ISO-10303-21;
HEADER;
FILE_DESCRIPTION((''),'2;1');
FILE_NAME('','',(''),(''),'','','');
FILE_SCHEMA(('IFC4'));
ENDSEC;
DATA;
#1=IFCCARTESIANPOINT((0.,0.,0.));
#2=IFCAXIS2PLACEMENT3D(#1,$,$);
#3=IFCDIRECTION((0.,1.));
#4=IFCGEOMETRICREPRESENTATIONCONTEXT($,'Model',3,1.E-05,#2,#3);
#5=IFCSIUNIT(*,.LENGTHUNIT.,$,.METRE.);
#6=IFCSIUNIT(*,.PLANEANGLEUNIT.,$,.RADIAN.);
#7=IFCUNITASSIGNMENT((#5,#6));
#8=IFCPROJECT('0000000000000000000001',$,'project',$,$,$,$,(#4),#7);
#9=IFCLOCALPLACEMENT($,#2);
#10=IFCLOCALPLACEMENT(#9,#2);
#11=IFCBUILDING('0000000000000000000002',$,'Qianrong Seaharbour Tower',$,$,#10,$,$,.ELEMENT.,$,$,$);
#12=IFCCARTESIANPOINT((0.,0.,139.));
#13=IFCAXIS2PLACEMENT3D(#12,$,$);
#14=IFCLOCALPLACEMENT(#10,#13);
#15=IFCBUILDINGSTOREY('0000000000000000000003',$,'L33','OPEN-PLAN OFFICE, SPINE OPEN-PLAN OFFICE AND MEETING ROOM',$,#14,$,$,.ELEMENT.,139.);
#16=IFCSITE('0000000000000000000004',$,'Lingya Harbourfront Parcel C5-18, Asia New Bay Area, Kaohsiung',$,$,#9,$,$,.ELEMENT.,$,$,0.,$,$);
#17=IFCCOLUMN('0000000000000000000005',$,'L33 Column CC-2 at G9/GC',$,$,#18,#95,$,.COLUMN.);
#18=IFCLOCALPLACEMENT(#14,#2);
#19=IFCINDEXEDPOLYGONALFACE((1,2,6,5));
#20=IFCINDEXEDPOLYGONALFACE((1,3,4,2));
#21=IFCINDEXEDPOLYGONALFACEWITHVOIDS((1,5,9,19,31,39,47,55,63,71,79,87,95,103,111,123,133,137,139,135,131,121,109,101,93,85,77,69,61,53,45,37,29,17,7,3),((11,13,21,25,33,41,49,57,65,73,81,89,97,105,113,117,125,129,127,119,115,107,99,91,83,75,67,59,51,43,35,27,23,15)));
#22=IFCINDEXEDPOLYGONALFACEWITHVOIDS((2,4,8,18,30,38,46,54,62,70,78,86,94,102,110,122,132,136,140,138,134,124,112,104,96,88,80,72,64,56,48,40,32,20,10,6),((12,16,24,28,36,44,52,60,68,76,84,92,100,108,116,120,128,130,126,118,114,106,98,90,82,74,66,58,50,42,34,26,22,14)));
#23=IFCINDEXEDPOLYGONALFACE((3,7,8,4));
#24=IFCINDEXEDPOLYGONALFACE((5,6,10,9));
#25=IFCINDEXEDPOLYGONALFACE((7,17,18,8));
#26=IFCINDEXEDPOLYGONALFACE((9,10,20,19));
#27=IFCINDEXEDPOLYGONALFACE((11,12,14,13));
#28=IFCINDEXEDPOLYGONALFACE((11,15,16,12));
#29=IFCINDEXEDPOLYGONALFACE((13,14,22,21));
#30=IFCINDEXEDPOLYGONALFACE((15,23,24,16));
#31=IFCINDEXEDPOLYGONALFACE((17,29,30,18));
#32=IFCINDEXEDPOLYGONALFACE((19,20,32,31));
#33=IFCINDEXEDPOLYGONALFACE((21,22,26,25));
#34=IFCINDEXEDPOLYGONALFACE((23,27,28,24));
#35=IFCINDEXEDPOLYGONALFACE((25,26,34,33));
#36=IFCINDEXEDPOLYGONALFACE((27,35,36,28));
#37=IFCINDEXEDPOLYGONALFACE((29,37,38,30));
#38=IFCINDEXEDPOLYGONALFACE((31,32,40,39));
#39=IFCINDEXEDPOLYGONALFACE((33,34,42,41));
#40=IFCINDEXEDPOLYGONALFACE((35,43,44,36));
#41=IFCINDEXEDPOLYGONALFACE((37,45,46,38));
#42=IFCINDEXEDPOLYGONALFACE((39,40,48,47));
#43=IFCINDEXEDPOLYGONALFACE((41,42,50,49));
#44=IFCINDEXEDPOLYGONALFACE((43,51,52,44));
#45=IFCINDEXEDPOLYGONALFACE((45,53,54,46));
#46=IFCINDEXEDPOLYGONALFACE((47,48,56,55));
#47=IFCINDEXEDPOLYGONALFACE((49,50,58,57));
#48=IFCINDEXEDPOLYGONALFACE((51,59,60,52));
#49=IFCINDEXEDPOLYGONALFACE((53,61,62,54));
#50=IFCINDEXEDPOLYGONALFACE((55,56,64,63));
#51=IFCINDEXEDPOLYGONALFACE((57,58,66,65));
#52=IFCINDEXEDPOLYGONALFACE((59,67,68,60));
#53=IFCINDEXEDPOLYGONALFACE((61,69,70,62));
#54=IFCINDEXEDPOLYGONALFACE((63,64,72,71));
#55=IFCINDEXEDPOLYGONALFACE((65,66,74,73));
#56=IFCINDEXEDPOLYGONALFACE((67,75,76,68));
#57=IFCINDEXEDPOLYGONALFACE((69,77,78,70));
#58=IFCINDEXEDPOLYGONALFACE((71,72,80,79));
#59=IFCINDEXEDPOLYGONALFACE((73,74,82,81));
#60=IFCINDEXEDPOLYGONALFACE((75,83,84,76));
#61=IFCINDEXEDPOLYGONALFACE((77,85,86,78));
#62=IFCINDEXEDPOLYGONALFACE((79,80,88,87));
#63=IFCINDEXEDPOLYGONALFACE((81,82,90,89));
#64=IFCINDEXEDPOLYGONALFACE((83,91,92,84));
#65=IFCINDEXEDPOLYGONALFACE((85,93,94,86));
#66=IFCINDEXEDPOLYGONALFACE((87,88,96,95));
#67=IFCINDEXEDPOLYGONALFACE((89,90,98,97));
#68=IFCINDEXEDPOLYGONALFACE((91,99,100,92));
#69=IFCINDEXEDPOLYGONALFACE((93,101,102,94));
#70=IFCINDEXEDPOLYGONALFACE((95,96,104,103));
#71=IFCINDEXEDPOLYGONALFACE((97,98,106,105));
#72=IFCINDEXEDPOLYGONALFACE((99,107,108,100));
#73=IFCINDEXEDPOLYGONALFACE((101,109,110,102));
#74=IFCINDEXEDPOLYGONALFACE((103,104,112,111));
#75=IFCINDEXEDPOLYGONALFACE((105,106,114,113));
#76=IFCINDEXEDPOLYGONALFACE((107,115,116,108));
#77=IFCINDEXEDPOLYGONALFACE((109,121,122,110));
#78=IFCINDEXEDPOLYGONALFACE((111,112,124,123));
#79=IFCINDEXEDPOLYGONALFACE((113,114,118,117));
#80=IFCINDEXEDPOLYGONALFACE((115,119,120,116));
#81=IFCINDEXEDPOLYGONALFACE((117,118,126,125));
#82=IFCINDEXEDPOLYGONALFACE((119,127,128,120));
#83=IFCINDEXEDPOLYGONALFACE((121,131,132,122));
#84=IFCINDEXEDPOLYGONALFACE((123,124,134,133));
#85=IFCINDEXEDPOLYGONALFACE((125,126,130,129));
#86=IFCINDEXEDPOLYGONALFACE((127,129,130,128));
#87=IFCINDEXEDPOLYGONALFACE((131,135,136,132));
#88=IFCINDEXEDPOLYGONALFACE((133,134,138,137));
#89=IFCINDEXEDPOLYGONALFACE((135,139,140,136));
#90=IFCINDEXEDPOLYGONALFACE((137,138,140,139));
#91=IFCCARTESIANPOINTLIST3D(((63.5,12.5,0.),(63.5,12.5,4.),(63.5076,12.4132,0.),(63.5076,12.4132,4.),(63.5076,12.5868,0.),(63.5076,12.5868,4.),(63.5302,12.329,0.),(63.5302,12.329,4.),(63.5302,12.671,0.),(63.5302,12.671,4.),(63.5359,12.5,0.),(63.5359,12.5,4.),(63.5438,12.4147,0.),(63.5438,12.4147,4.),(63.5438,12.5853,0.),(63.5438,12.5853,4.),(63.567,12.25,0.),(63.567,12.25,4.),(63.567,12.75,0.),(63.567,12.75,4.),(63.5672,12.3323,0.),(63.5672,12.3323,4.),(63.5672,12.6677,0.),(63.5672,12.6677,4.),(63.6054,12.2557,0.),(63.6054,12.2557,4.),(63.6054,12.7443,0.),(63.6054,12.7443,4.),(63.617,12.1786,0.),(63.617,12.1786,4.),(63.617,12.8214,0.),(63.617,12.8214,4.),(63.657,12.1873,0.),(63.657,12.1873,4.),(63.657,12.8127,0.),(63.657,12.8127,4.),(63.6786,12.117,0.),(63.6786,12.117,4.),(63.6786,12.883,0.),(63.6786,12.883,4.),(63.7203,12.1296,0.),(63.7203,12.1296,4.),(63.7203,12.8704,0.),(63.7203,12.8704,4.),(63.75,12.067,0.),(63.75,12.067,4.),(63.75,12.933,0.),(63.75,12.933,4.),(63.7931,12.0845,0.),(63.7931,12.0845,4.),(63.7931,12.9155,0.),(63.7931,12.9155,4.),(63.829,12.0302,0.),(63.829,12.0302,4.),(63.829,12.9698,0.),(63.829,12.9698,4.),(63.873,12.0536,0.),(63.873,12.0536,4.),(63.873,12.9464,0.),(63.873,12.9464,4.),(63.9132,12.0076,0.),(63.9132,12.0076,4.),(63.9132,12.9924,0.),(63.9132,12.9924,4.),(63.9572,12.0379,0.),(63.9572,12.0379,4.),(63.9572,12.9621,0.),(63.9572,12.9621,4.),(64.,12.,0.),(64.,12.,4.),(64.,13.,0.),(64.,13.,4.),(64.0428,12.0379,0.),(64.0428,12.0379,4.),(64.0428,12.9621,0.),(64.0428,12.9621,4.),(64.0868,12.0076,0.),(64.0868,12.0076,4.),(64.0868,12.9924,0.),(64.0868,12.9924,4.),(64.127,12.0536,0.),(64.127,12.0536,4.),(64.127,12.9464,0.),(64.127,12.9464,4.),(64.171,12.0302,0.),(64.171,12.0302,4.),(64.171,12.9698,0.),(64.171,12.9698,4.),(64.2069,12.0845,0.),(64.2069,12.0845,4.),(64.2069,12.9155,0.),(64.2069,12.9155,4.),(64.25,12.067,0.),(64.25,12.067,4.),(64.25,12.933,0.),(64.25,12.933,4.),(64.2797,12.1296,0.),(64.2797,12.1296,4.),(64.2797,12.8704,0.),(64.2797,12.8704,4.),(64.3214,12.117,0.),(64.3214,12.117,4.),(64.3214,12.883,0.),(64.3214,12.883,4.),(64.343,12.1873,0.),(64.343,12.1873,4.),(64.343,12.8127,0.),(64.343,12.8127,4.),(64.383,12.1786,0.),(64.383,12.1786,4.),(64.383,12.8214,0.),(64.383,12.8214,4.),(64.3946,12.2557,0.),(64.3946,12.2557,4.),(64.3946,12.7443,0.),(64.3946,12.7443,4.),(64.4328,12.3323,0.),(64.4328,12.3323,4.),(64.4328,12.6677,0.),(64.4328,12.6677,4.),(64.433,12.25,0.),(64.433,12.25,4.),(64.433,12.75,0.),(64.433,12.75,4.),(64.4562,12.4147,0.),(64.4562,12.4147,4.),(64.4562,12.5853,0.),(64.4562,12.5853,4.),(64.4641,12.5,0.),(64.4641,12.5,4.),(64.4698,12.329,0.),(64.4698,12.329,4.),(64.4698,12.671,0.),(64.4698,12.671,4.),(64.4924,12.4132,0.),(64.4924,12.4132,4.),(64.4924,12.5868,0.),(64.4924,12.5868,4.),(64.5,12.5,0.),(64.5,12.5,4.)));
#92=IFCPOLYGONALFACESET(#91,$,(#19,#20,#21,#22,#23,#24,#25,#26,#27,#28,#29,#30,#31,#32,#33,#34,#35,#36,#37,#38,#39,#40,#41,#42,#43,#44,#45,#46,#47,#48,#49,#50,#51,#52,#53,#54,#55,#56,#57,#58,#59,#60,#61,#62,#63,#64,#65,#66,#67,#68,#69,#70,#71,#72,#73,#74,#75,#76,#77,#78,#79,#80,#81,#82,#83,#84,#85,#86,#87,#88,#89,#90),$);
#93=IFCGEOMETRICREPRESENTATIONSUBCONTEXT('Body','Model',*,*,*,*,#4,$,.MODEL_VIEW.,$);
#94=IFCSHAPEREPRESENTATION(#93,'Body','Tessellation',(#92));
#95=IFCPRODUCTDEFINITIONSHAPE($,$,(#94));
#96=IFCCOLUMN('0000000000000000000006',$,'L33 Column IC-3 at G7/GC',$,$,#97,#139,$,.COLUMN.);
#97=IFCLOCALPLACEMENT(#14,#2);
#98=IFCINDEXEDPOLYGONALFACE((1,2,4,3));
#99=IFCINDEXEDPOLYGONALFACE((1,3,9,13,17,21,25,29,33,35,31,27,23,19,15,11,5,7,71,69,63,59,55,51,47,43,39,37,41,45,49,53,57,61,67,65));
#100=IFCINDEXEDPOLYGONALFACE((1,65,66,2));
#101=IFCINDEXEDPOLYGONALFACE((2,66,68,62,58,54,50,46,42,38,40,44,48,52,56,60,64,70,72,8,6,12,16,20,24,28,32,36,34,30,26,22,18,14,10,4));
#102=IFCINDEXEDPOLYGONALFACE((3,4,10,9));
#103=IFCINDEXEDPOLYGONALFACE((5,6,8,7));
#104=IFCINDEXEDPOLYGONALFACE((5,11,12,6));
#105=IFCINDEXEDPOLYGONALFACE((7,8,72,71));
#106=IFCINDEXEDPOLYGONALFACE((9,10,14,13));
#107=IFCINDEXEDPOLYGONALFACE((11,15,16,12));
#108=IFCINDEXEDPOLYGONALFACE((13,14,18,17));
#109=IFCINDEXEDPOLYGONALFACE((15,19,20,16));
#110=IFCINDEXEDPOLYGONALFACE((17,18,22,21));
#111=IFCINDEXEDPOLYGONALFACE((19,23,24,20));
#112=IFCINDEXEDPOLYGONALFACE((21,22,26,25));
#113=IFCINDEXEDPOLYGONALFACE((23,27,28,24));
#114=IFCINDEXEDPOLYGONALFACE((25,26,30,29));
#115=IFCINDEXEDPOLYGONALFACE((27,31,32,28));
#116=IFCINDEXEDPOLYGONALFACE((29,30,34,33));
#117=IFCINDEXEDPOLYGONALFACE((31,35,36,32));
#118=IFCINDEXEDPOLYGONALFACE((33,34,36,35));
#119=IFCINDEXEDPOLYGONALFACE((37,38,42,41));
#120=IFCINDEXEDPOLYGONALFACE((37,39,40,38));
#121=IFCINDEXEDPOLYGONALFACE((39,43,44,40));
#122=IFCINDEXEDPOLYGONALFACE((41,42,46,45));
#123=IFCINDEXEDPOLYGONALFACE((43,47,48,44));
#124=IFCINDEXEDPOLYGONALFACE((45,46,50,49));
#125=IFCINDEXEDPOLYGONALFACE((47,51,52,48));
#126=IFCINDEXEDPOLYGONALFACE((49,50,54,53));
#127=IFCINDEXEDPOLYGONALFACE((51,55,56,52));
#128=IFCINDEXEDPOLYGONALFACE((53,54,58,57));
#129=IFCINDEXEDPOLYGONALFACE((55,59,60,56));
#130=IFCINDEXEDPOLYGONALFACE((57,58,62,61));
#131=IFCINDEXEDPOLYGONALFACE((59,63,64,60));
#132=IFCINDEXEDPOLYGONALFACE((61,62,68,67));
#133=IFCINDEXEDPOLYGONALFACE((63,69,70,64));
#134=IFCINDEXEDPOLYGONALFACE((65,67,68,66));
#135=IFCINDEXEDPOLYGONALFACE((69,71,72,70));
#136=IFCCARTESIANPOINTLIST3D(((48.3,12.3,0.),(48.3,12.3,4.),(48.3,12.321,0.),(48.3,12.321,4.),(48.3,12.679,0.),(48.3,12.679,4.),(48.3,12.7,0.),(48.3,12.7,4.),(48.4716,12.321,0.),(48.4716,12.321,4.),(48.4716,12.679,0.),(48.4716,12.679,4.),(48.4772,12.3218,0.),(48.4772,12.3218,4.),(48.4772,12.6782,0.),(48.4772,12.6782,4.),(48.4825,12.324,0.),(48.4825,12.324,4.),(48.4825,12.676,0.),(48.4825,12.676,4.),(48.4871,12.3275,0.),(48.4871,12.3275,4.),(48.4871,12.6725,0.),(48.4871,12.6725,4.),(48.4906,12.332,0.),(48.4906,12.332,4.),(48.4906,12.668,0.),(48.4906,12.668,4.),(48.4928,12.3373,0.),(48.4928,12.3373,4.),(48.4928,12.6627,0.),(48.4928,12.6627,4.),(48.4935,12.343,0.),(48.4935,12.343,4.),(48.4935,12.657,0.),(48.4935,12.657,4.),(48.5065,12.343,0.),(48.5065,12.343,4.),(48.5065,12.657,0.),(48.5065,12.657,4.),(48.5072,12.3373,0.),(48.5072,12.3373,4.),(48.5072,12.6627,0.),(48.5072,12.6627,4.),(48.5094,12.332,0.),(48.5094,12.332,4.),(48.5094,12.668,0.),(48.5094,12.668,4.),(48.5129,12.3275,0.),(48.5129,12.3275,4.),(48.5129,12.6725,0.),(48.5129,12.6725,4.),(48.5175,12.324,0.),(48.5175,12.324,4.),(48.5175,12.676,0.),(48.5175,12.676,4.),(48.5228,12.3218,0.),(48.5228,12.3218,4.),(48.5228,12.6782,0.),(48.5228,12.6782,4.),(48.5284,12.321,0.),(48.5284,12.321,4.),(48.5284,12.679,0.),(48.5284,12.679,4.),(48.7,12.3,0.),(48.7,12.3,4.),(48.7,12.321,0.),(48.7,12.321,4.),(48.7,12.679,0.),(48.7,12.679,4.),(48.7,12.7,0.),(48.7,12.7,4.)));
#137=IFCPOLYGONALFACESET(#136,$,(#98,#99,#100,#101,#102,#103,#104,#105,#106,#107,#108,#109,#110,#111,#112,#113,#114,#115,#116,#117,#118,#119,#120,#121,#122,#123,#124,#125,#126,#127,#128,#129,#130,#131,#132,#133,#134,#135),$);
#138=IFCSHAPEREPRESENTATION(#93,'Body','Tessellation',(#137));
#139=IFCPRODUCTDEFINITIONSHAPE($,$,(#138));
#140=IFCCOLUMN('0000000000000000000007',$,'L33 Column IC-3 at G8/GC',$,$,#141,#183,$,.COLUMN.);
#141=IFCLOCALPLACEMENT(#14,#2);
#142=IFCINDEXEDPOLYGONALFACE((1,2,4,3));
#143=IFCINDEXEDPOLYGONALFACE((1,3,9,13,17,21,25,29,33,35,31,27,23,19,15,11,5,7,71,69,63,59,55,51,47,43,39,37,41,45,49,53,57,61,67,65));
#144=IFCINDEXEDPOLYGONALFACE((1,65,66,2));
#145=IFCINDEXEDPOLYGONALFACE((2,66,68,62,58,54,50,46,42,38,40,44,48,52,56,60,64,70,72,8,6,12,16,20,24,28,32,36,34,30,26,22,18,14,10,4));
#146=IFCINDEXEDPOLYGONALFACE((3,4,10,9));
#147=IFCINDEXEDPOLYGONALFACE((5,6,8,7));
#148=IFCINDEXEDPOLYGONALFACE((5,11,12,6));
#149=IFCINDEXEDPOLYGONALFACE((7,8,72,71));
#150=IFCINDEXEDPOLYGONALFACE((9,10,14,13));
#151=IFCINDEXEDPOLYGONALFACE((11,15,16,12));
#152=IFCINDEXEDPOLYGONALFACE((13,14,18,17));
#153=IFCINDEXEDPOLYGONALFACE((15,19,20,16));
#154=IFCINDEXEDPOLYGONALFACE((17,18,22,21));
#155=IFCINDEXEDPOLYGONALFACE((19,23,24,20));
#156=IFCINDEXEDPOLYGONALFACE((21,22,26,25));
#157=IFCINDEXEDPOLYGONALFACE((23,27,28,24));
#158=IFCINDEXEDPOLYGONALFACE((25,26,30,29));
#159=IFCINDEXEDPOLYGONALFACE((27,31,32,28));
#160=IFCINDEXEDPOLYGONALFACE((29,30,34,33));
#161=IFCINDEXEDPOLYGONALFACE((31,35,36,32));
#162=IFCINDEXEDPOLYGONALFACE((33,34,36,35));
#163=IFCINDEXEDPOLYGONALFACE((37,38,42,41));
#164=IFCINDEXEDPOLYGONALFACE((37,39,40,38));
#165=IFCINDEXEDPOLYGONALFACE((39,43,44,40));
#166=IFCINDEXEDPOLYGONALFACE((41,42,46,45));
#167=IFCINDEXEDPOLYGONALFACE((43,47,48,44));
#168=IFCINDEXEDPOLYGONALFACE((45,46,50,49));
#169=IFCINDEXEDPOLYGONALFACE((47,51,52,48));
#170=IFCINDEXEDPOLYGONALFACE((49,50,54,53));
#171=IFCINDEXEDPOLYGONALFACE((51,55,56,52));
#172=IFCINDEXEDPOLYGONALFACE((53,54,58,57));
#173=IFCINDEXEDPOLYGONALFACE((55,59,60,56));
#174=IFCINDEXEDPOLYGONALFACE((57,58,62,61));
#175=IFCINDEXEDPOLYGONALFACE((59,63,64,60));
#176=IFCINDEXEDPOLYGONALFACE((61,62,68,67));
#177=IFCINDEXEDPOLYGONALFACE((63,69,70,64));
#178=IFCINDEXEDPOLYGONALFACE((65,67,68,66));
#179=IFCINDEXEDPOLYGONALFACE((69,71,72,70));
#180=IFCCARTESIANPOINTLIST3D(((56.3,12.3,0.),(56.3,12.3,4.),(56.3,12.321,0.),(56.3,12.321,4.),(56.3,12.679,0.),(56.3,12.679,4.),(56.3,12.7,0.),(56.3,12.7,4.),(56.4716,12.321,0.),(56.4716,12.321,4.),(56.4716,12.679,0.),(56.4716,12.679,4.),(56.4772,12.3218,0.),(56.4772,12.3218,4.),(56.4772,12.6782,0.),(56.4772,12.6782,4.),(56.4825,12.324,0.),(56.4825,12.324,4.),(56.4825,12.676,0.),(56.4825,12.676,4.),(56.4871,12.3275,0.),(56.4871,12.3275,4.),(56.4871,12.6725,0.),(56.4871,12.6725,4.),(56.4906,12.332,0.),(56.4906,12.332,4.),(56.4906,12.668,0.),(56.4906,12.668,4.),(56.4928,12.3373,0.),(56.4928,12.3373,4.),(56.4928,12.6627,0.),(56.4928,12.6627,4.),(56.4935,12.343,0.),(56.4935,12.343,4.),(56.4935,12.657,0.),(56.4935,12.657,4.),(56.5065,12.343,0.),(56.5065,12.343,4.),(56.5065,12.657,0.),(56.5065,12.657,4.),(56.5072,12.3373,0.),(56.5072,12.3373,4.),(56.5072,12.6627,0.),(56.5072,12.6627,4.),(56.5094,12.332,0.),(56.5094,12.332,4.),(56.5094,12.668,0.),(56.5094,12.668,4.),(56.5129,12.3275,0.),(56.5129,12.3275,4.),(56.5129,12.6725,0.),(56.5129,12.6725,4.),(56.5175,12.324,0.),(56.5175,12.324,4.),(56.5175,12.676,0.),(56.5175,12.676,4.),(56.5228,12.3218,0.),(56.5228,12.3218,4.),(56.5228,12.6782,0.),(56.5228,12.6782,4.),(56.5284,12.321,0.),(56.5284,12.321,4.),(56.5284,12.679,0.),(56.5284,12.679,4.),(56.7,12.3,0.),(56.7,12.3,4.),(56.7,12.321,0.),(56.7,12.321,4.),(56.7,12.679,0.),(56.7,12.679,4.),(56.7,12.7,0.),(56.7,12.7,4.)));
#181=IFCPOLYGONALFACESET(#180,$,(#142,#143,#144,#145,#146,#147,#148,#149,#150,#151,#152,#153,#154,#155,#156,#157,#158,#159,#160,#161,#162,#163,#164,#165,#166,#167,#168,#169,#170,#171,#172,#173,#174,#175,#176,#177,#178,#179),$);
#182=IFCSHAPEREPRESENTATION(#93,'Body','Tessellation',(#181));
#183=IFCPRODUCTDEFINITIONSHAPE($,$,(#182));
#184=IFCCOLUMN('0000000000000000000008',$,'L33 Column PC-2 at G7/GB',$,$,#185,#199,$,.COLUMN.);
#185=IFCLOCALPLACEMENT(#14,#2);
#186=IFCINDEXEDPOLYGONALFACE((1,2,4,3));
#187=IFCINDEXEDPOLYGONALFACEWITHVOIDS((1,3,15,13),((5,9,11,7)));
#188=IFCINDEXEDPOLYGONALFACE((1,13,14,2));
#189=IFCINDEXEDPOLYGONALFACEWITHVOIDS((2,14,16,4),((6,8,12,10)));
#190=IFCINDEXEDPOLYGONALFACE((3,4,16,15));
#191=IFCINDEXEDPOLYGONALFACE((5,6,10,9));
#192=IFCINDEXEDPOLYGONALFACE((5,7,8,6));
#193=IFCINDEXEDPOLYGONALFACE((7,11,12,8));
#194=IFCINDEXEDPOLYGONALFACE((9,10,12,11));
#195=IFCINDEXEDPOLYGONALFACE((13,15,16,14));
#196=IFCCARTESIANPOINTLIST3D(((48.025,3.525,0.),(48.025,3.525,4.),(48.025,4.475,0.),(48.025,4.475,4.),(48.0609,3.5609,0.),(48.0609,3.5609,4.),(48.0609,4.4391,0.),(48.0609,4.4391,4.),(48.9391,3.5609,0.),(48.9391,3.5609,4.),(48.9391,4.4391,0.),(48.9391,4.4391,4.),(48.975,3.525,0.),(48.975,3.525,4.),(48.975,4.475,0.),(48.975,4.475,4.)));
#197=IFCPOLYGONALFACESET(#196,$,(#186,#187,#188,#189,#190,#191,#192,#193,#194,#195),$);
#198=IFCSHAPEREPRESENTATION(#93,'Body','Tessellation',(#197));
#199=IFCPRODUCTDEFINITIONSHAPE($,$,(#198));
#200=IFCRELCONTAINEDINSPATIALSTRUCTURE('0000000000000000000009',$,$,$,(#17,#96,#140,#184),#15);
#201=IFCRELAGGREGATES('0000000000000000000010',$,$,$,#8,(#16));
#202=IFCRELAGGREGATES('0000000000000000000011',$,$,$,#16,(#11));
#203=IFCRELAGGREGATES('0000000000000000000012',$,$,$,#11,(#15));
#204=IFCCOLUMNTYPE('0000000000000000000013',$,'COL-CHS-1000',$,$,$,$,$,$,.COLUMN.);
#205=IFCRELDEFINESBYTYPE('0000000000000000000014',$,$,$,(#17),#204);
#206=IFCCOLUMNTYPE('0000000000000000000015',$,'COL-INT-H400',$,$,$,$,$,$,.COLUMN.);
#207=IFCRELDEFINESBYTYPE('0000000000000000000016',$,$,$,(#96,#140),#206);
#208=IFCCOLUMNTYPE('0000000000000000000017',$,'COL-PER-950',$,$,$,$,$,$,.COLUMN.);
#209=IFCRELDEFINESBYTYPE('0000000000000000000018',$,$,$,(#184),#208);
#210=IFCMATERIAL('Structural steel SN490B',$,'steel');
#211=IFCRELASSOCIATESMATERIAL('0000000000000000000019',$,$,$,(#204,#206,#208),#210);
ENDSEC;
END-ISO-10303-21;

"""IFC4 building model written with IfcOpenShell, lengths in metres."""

from ifc_helpers import new_model, si_unit, direction, frame, origin, origin_2d, place, context, subcontext, project, spatial, hollow_rectangle, hollow_circle, i_section, extrude, material, material_profile, profile_set, type_object, element, save


model = new_model("IFC4")

# Units and contexts
model_context = context("Model", 3, precision=1e-05, world=origin(), true_north=direction((0.0, 1.0)))
body_context = subcontext(model_context, "Body", "Model", "MODEL_VIEW")
ifc_project = project(units=[si_unit("LENGTHUNIT", "METRE"), si_unit("PLANEANGLEUNIT", "RADIAN")], contexts=[model_context])

# Site, building, storey
site_placement = place(None, origin())
site = spatial("IfcSite", under=ifc_project, at=site_placement, Name="Lingya Harbourfront Parcel C5-18, Asia New Bay Area, Kaohsiung", CompositionType="ELEMENT", RefElevation=0.0)
building_placement = place(site_placement, origin())
building = spatial("IfcBuilding", under=site, at=building_placement, Name="Qianrong Seaharbour Tower", CompositionType="ELEMENT")
storey_placement = place(building_placement, frame((0.0, 0.0, 139.0)))
storey = spatial("IfcBuildingStorey", under=building, at=storey_placement, Name="L33", Description="OPEN-PLAN OFFICE, SPINE OPEN-PLAN OFFICE AND MEETING ROOM", CompositionType="ELEMENT", Elevation=139.0)

# Columns
ifc_material_1 = material(Name="Structural steel SN490B", Category="steel")
ifc_material_profile_1 = material_profile(ifc_material_1, hollow_circle(Radius=0.5, WallThickness=0.0359, at=origin_2d()), Name="CHS1000x36")
ifc_profile_set_1 = profile_set([ifc_material_profile_1], Name="Structural steel SN490B")
column_type_1 = type_object("IfcColumnType", Name="COL-CHS-1000", PredefinedType="COLUMN", material=ifc_profile_set_1)
column_placement = place(storey_placement, frame((64.0, 12.5, 0.0), z_axis=(0.0, 0.0, 1.0), x_axis=(1.0, 0.0, 0.0)))
element("IfcColumn", 1, at=column_placement, inside=storey, type_object=column_type_1, Name="L33 Column CC-2 at G9/GC", PredefinedType="COLUMN", context=body_context, shape_type="SweptSolid", body=[
    extrude(hollow_circle(Radius=0.5, WallThickness=0.0359, at=origin_2d()), origin(), (0.0, 0.0, 1.0), 4.0),
])
ifc_material_profile_2 = material_profile(ifc_material_1, i_section(OverallWidth=0.3999, OverallDepth=0.3999, WebThickness=0.0129, FlangeThickness=0.021, FilletRadius=0.022, at=origin_2d()), Name="H400x400x13x21")
ifc_profile_set_2 = profile_set([ifc_material_profile_2], Name="Structural steel SN490B")
column_type_2 = type_object("IfcColumnType", Name="COL-INT-H400", PredefinedType="COLUMN", material=ifc_profile_set_2)
for number, where, z_axis, x_axis, name in (
    (2, (48.5, 12.5, 0.0), (0.0, 0.0, 1.0), (1.0, 0.0, 0.0), "L33 Column IC-3 at G7/GC"),
    (3, (56.5, 12.5, 0.0), (0.0, 0.0, 1.0), (1.0, 0.0, 0.0), "L33 Column IC-3 at G8/GC"),
):
    element("IfcColumn", number, at=place(storey_placement, frame(where, z_axis=z_axis, x_axis=x_axis)), inside=storey, type_object=column_type_2, Name=name, PredefinedType="COLUMN", context=body_context, shape_type="SweptSolid", body=[
        extrude(i_section(OverallWidth=0.3999, OverallDepth=0.3999, WebThickness=0.0129, FlangeThickness=0.021, FilletRadius=0.022, at=origin_2d()), origin(), (0.0, 0.0, 1.0), 4.0),
    ])
ifc_material_profile_3 = material_profile(ifc_material_1, hollow_rectangle(XDim=0.95, YDim=0.95, WallThickness=0.0359, at=origin_2d()), Name="BOX950x950x36")
ifc_profile_set_3 = profile_set([ifc_material_profile_3], Name="Structural steel SN490B")
column_type_3 = type_object("IfcColumnType", Name="COL-PER-950", PredefinedType="COLUMN", material=ifc_profile_set_3)
for number, where, z_axis, x_axis, name in (
    (4, (48.5, 4.0, 0.0), (0.0, 0.0, 1.0), (1.0, 0.0, 0.0), "L33 Column PC-2 at G7/GB"),
):
    element("IfcColumn", number, at=place(storey_placement, frame(where, z_axis=z_axis, x_axis=x_axis)), inside=storey, type_object=column_type_3, Name=name, PredefinedType="COLUMN", context=body_context, shape_type="SweptSolid", body=[
        extrude(hollow_rectangle(XDim=0.95, YDim=0.95, WallThickness=0.0359, at=origin_2d()), origin(), (0.0, 0.0, 1.0), 4.0),
    ])

save(model, "model.ifc")
